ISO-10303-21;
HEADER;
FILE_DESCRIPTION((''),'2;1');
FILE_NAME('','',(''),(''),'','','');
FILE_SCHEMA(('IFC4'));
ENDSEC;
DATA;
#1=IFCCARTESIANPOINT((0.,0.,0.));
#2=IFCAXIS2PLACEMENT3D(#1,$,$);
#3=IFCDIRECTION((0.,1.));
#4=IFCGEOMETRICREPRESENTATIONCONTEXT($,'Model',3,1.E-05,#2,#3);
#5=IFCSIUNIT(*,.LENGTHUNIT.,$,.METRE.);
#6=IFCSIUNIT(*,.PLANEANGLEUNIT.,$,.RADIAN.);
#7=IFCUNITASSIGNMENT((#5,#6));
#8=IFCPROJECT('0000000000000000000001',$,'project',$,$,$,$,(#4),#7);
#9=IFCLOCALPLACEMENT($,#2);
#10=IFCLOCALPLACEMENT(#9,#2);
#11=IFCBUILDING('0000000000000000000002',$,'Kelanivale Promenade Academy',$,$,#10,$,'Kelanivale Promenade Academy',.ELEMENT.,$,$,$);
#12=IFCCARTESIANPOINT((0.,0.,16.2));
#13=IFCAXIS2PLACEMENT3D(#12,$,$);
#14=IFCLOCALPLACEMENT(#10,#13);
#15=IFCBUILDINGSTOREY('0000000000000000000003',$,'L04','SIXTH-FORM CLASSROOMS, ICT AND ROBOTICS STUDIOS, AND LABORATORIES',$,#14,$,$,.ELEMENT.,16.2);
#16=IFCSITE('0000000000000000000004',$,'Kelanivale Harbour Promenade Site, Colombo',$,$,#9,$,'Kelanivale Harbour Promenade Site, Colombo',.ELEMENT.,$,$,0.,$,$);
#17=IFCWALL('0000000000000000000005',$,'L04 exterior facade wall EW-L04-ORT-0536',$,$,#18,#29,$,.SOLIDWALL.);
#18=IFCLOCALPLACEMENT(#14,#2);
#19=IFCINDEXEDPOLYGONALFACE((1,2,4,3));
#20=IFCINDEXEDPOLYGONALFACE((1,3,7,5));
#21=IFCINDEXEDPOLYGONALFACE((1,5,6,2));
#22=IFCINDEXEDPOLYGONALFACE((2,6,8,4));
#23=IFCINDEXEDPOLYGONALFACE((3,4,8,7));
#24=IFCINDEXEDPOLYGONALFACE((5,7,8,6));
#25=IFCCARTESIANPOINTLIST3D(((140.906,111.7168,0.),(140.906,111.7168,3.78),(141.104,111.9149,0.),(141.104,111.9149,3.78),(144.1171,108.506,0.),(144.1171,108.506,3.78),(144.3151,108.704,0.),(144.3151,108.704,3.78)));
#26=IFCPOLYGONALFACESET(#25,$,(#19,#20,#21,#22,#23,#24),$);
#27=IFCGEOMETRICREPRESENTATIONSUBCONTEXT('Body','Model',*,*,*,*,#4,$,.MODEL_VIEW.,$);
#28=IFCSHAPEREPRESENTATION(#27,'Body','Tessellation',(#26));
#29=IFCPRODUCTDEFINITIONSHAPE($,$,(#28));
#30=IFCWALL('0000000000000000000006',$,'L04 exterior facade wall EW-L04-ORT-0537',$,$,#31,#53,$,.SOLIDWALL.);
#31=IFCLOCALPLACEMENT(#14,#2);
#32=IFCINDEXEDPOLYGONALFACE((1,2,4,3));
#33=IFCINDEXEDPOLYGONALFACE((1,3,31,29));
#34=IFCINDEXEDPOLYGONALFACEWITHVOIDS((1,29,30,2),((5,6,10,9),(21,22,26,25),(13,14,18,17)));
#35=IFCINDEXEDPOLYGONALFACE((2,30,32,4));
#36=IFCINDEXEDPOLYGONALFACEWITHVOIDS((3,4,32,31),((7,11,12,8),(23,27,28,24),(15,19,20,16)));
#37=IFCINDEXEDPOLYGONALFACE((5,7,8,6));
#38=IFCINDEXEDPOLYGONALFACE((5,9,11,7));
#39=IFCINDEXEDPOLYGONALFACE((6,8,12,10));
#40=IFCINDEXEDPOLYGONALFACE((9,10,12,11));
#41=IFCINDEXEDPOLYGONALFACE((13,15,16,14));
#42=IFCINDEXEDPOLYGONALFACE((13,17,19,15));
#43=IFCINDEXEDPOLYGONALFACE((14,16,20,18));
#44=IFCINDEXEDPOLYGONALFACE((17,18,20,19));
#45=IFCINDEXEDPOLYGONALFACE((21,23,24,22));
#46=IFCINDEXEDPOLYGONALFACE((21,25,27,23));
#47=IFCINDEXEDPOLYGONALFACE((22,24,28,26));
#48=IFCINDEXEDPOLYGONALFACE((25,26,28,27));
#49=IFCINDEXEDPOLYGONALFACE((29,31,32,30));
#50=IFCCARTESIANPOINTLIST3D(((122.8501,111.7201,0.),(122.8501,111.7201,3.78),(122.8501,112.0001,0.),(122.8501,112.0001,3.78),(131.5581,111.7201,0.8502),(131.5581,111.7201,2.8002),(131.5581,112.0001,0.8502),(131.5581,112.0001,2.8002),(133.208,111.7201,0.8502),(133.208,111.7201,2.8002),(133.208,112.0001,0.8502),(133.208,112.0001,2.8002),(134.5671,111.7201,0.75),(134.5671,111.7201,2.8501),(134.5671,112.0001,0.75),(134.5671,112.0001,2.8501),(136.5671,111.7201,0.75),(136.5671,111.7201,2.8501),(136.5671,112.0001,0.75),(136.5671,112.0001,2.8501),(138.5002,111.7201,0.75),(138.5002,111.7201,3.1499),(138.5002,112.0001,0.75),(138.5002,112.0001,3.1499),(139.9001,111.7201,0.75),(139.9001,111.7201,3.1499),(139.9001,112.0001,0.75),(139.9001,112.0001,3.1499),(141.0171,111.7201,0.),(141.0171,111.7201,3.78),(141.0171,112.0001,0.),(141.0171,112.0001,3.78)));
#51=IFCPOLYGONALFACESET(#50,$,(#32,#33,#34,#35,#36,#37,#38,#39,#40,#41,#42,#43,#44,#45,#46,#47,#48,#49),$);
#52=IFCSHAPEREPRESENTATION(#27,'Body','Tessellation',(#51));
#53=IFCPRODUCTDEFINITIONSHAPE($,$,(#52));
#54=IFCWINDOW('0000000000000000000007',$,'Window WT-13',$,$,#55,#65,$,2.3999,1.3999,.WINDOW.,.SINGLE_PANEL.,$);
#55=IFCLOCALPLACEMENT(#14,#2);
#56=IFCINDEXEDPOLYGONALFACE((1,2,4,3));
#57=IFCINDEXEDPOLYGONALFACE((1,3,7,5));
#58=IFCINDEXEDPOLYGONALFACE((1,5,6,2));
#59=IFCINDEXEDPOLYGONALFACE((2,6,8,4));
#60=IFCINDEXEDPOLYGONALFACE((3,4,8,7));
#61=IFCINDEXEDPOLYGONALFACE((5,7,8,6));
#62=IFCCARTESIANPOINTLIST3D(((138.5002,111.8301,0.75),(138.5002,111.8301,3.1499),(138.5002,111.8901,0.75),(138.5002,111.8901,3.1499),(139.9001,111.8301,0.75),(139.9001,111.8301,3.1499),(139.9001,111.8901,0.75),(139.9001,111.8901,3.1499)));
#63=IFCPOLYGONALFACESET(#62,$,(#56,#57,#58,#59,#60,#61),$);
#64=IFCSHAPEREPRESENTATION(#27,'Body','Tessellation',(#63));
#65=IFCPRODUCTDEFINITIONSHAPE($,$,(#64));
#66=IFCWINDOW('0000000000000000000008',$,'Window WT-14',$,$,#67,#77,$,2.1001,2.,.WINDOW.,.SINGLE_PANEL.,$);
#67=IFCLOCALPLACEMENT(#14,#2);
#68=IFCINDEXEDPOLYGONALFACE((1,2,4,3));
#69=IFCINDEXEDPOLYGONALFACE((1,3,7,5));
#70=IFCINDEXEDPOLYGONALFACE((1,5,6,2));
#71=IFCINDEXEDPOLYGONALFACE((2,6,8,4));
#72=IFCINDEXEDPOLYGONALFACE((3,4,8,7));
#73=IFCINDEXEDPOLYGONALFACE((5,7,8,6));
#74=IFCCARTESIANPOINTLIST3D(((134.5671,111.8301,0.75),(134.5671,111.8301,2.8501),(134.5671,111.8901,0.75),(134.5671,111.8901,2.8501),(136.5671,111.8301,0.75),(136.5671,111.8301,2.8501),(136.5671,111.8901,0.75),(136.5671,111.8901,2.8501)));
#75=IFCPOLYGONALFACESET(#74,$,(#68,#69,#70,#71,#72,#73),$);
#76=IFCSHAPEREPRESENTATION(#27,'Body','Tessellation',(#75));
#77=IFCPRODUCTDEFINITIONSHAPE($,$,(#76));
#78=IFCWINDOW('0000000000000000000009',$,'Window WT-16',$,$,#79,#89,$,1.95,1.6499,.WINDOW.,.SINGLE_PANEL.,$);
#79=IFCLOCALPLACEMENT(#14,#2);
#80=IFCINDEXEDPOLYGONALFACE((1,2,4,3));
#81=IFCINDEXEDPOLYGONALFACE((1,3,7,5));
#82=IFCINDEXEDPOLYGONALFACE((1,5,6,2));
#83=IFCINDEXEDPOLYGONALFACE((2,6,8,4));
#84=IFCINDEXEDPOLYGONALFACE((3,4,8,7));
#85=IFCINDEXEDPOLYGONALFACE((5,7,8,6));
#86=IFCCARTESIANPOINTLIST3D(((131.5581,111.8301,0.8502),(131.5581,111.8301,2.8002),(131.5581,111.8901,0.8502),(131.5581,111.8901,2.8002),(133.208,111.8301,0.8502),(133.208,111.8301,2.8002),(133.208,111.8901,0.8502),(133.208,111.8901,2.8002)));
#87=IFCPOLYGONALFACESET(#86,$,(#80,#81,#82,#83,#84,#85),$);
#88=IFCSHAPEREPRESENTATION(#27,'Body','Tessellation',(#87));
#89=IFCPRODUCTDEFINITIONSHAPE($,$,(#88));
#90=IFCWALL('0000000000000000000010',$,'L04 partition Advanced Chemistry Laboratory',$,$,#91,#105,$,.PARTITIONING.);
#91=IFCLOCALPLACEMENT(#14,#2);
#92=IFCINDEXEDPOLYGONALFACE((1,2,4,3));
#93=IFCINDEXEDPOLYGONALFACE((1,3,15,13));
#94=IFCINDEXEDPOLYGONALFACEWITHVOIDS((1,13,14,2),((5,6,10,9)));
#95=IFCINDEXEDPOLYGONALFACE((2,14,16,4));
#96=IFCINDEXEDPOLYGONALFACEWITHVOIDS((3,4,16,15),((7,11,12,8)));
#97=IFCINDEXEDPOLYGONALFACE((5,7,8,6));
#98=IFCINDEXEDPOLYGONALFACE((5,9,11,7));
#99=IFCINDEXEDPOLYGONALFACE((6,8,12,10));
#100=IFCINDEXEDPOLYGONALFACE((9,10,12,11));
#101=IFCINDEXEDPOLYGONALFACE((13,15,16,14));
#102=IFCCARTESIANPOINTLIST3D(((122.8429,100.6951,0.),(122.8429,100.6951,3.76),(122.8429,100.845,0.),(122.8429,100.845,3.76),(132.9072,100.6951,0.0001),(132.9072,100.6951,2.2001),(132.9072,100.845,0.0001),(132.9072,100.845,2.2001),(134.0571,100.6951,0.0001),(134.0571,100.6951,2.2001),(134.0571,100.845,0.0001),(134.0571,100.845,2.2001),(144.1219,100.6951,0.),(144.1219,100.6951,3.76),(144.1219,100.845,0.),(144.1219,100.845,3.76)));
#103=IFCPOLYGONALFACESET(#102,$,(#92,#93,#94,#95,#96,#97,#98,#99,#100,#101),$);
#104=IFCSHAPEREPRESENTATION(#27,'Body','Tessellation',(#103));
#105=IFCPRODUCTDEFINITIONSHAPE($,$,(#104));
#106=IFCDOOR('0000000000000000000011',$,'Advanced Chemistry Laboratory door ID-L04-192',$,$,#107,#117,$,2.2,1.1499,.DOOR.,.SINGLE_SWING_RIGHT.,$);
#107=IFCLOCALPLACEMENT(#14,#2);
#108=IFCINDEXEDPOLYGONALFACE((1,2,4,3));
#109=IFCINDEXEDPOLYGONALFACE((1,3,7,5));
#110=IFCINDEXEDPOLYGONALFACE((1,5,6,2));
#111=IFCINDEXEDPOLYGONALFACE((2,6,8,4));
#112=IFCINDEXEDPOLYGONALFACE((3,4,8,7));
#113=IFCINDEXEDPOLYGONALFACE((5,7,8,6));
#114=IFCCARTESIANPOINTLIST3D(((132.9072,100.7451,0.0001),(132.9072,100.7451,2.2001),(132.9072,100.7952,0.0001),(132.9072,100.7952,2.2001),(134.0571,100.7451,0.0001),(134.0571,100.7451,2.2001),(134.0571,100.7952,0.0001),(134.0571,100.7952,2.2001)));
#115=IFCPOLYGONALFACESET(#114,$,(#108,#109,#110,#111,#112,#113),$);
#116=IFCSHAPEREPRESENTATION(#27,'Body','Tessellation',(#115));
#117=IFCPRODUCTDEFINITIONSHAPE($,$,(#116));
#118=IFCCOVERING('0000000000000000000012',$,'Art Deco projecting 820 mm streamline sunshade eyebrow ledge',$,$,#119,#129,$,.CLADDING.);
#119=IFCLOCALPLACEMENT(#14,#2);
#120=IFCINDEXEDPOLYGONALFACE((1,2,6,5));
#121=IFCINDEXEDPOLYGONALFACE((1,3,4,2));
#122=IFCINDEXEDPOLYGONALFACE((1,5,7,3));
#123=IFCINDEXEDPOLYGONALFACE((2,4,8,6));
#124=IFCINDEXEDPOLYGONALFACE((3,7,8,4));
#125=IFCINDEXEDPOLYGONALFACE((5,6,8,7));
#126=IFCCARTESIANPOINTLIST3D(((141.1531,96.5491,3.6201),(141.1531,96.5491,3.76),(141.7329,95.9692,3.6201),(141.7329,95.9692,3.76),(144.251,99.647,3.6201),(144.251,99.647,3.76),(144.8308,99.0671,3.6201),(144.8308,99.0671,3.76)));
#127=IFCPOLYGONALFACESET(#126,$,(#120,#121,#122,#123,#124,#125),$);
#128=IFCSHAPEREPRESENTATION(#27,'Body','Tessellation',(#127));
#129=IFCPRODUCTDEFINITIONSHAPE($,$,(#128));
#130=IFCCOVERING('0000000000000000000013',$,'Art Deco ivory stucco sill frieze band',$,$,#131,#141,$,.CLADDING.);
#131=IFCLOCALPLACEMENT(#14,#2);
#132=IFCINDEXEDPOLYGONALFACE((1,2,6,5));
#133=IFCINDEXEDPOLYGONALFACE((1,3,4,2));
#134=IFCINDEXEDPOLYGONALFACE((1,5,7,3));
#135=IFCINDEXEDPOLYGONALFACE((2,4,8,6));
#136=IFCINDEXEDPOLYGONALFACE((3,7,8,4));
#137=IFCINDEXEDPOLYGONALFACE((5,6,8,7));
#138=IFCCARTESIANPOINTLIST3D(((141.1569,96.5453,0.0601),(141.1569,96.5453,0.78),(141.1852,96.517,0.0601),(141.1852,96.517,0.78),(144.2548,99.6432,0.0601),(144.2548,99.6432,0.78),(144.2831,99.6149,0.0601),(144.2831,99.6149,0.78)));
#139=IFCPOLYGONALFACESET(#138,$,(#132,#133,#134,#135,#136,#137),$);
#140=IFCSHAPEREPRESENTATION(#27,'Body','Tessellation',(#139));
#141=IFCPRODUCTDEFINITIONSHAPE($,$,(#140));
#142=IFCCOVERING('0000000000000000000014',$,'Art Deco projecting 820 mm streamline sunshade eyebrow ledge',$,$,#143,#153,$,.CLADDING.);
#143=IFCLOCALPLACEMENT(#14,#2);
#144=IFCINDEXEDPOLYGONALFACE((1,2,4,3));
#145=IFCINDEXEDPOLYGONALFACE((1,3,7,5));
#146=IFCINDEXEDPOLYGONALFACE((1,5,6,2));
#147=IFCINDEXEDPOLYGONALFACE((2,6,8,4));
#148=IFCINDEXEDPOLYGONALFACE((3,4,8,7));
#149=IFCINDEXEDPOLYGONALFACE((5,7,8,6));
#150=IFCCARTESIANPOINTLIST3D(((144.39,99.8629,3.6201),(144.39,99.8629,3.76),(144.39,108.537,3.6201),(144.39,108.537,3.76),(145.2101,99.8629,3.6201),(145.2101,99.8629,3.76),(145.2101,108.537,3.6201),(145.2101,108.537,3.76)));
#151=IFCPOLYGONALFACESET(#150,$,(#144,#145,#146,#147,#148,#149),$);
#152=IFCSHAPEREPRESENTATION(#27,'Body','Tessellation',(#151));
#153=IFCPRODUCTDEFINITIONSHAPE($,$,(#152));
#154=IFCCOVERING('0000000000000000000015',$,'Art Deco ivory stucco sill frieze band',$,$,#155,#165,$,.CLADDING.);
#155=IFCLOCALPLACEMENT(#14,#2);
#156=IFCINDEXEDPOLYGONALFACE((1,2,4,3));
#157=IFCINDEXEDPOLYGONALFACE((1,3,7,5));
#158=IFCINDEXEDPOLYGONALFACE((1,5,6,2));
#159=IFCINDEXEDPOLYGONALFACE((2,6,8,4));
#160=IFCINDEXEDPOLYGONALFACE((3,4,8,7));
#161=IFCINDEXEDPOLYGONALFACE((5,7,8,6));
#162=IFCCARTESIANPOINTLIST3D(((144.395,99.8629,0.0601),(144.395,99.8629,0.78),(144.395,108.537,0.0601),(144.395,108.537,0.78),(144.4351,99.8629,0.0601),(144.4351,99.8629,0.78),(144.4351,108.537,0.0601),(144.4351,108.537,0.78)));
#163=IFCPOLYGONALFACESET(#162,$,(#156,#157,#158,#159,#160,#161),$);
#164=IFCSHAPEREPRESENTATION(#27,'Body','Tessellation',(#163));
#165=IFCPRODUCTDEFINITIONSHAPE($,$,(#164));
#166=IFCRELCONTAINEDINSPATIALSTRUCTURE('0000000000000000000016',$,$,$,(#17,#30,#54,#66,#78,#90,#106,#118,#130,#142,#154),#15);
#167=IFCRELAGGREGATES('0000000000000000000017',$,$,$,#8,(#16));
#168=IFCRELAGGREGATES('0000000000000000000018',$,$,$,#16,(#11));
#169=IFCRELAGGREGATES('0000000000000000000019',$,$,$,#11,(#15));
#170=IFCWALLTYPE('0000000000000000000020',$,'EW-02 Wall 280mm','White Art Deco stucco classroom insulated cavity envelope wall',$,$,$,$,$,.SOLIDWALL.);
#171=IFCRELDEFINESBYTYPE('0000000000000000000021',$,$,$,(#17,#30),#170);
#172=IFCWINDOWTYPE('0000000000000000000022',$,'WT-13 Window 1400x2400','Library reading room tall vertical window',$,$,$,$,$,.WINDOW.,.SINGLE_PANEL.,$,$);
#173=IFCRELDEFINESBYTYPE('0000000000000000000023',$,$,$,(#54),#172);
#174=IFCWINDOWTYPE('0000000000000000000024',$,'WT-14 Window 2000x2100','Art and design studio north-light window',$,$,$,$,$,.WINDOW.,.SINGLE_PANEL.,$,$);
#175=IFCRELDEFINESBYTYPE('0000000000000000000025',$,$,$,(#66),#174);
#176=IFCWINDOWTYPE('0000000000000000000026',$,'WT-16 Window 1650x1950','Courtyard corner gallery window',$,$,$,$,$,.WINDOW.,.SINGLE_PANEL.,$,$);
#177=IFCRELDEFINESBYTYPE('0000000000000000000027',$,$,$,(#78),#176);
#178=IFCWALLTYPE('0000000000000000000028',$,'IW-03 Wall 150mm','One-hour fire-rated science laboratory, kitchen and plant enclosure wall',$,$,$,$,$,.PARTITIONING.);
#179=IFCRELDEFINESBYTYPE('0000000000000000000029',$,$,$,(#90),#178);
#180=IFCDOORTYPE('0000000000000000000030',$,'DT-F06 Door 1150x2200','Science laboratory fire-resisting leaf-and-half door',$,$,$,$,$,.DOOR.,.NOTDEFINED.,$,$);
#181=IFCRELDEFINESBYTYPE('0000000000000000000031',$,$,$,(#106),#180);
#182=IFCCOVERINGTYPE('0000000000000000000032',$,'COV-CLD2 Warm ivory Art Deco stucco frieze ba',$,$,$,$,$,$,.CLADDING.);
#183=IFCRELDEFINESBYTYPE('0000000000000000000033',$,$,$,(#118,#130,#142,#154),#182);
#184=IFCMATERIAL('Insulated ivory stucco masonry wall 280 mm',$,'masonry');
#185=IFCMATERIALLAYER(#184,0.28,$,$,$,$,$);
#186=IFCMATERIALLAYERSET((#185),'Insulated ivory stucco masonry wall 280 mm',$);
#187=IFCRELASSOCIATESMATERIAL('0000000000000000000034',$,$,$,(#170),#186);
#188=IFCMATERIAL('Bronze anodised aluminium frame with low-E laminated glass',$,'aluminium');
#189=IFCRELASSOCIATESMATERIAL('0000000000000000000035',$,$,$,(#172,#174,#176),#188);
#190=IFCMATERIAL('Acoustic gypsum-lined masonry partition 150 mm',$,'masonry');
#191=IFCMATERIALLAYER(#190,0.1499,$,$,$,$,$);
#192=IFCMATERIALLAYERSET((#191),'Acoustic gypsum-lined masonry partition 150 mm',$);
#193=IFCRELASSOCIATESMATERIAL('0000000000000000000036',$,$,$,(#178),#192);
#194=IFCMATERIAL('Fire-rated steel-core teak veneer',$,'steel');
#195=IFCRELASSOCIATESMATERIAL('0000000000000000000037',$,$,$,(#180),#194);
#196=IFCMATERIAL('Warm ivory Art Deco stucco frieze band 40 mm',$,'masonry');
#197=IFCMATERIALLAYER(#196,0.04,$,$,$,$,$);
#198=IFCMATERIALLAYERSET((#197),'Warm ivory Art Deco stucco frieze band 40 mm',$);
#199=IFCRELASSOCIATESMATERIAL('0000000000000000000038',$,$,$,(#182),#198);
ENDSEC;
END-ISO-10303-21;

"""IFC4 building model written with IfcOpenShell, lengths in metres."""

from ifc_helpers import new_model, si_unit, direction, frame, frame_2d, origin, origin_2d, place, context, subcontext, project, spatial, rectangle, extrude, material, layer, layer_set, type_object, element, fill, save


model = new_model("IFC4")

# Units and contexts
model_context = context("Model", 3, precision=1e-05, world=origin(), true_north=direction((0.0, 1.0)))
body_context = subcontext(model_context, "Body", "Model", "MODEL_VIEW")
ifc_project = project(units=[si_unit("LENGTHUNIT", "METRE"), si_unit("PLANEANGLEUNIT", "RADIAN")], contexts=[model_context])

# Site, building, storey
site_placement = place(None, origin())
site = spatial("IfcSite", under=ifc_project, at=site_placement, Name="Kelanivale Harbour Promenade Site, Colombo", LongName="Kelanivale Harbour Promenade Site, Colombo", CompositionType="ELEMENT", RefElevation=0.0)
building_placement = place(site_placement, origin())
building = spatial("IfcBuilding", under=site, at=building_placement, Name="Kelanivale Promenade Academy", LongName="Kelanivale Promenade Academy", CompositionType="ELEMENT")
storey_placement = place(building_placement, frame((0.0, 0.0, 16.2)))
storey = spatial("IfcBuildingStorey", under=building, at=storey_placement, Name="L04", Description="SIXTH-FORM CLASSROOMS, ICT AND ROBOTICS STUDIOS, AND LABORATORIES", CompositionType="ELEMENT", Elevation=16.2)

# Shared definitions
ifc_material_1 = material(Name="Insulated ivory stucco masonry wall 280 mm", Category="masonry")
ifc_layer_1 = layer(ifc_material_1, 0.28)
ifc_layer_set_1 = layer_set([ifc_layer_1], Name="Insulated ivory stucco masonry wall 280 mm")
wall_type_1 = type_object("IfcWallType", Name="EW-02 Wall 280mm", Description="White Art Deco stucco classroom insulated cavity envelope wall", PredefinedType="SOLIDWALL", material=ifc_layer_set_1)

# Shared definitions
ifc_material_2 = material(Name="Bronze anodised aluminium frame with low-E laminated glass", Category="aluminium")

# Wall
wall_1_placement = place(storey_placement, frame((144.2161, 108.605, 0.0), z_axis=(0.0, 0.0, 1.0), x_axis=(-0.707134, 0.70708, 0.0)))
element("IfcWall", 1, at=wall_1_placement, inside=storey, type_object=wall_type_1, Name="L04 exterior facade wall EW-L04-ORT-0536", PredefinedType="SOLIDWALL", context=body_context, shape_type="SweptSolid", body=[
    extrude(rectangle(XDim=4.541, YDim=0.28, at=frame_2d((2.2705, 0.0))), origin(), (0.0, 0.0, 1.0), 3.78),
])

# Wall, openings, windows
wall_2_placement = place(storey_placement, frame((141.0171, 111.8601, 0.0), z_axis=(0.0, 0.0, 1.0), x_axis=(-1.0, 0.0, 0.0)))
wall_2 = element("IfcWall", 2, at=wall_2_placement, inside=storey, type_object=wall_type_1, Name="L04 exterior facade wall EW-L04-ORT-0537", PredefinedType="SOLIDWALL", context=body_context, shape_type="SweptSolid", body=[
    extrude(rectangle(XDim=18.167, YDim=0.28, at=frame_2d((9.0835, 0.0))), origin(), (0.0, 0.0, 1.0), 3.78),
])
opening_1_placement = place(wall_2_placement, frame((1.1169, 0.0, 0.75)))
opening_1 = element("IfcOpeningElement", 3, at=opening_1_placement, cuts=wall_2, PredefinedType="OPENING", context=body_context, shape_type="SweptSolid", body=[
    extrude(rectangle(XDim=1.3999, YDim=2.3999, at=frame_2d((0.7, 1.2))), frame((0.0, 0.1499, 0.0), z_axis=(0.0, -1.0, 0.0), x_axis=(1.0, 0.0, 0.0)), (0.0, 0.0, 1.0), 0.3),
])
opening_2_placement = place(wall_2_placement, frame((4.45, 0.0, 0.75)))
opening_2 = element("IfcOpeningElement", 4, at=opening_2_placement, cuts=wall_2, PredefinedType="OPENING", context=body_context, shape_type="SweptSolid", body=[
    extrude(rectangle(XDim=2.0, YDim=2.1001, at=frame_2d((1.0, 1.05))), frame((0.0, 0.1499, 0.0), z_axis=(0.0, -1.0, 0.0), x_axis=(1.0, 0.0, 0.0)), (0.0, 0.0, 1.0), 0.3),
])
opening_3_placement = place(wall_2_placement, frame((7.8091, 0.0, 0.8501)))
opening_3 = element("IfcOpeningElement", 5, at=opening_3_placement, cuts=wall_2, PredefinedType="OPENING", context=body_context, shape_type="SweptSolid", body=[
    extrude(rectangle(XDim=1.6499, YDim=1.95, at=frame_2d((0.825, 0.9751))), frame((0.0, 0.1499, 0.0), z_axis=(0.0, -1.0, 0.0), x_axis=(1.0, 0.0, 0.0)), (0.0, 0.0, 1.0), 0.3),
])
window_type_1 = type_object("IfcWindowType", Name="WT-13 Window 1400x2400", Description="Library reading room tall vertical window", PartitioningType="SINGLE_PANEL", PredefinedType="WINDOW", material=ifc_material_2)
window_1_placement = place(opening_1_placement, origin())
window_1 = element("IfcWindow", 6, at=window_1_placement, inside=storey, type_object=window_type_1, Name="Window WT-13", OverallHeight=2.3999, OverallWidth=1.3999, PartitioningType="SINGLE_PANEL", PredefinedType="WINDOW", context=body_context, shape_type="SweptSolid", body=[
    extrude(rectangle(XDim=1.3999, YDim=2.3999, at=frame_2d((0.7, 1.2))), frame((0.0, 0.03, 0.0), z_axis=(0.0, -1.0, 0.0), x_axis=(1.0, 0.0, 0.0)), (0.0, 0.0, 1.0), 0.0601),
])
fill(opening_1, window_1)
window_type_2 = type_object("IfcWindowType", Name="WT-14 Window 2000x2100", Description="Art and design studio north-light window", PartitioningType="SINGLE_PANEL", PredefinedType="WINDOW", material=ifc_material_2)
window_2_placement = place(opening_2_placement, origin())
window_2 = element("IfcWindow", 7, at=window_2_placement, inside=storey, type_object=window_type_2, Name="Window WT-14", OverallHeight=2.1001, OverallWidth=2.0, PartitioningType="SINGLE_PANEL", PredefinedType="WINDOW", context=body_context, shape_type="SweptSolid", body=[
    extrude(rectangle(XDim=2.0, YDim=2.1001, at=frame_2d((1.0, 1.05))), frame((0.0, 0.03, 0.0), z_axis=(0.0, -1.0, 0.0), x_axis=(1.0, 0.0, 0.0)), (0.0, 0.0, 1.0), 0.0601),
])
fill(opening_2, window_2)
window_type_3 = type_object("IfcWindowType", Name="WT-16 Window 1650x1950", Description="Courtyard corner gallery window", PartitioningType="SINGLE_PANEL", PredefinedType="WINDOW", material=ifc_material_2)
window_3_placement = place(opening_3_placement, origin())
window_3 = element("IfcWindow", 8, at=window_3_placement, inside=storey, type_object=window_type_3, Name="Window WT-16", OverallHeight=1.95, OverallWidth=1.6499, PartitioningType="SINGLE_PANEL", PredefinedType="WINDOW", context=body_context, shape_type="SweptSolid", body=[
    extrude(rectangle(XDim=1.6499, YDim=1.95, at=frame_2d((0.825, 0.9751))), frame((0.0, 0.03, 0.0), z_axis=(0.0, -1.0, 0.0), x_axis=(1.0, 0.0, 0.0)), (0.0, 0.0, 1.0), 0.0601),
])
fill(opening_3, window_3)

# Wall, opening, door
ifc_material_3 = material(Name="Acoustic gypsum-lined masonry partition 150 mm", Category="masonry")
ifc_layer_2 = layer(ifc_material_3, 0.1499)
ifc_layer_set_2 = layer_set([ifc_layer_2], Name="Acoustic gypsum-lined masonry partition 150 mm")
wall_type_2 = type_object("IfcWallType", Name="IW-03 Wall 150mm", Description="One-hour fire-rated science laboratory, kitchen and plant enclosure wall", PredefinedType="PARTITIONING", material=ifc_layer_set_2)
wall_3_placement = place(storey_placement, frame((144.1221, 100.77, 0.0), z_axis=(0.0, 0.0, 1.0), x_axis=(-1.0, 0.0, 0.0)))
wall_3 = element("IfcWall", 9, at=wall_3_placement, inside=storey, type_object=wall_type_2, Name="L04 partition Advanced Chemistry Laboratory", PredefinedType="PARTITIONING", context=body_context, shape_type="SweptSolid", body=[
    extrude(rectangle(XDim=21.2791, YDim=0.1499, at=frame_2d((10.6396, 0.0))), origin(), (0.0, 0.0, 1.0), 3.76),
])
opening_4_placement = place(wall_3_placement, frame((10.0649, 0.0, 0.0)))
opening_4 = element("IfcOpeningElement", 10, at=opening_4_placement, cuts=wall_3, PredefinedType="OPENING", context=body_context, shape_type="SweptSolid", body=[
    extrude(rectangle(XDim=1.1499, YDim=2.2, at=frame_2d((0.575, 1.1001))), frame((0.0, 0.085, 0.0), z_axis=(0.0, -1.0, 0.0), x_axis=(1.0, 0.0, 0.0)), (0.0, 0.0, 1.0), 0.1699),
])
ifc_material_4 = material(Name="Fire-rated steel-core teak veneer", Category="steel")
door_type_1 = type_object("IfcDoorType", Name="DT-F06 Door 1150x2200", Description="Science laboratory fire-resisting leaf-and-half door", OperationType="NOTDEFINED", PredefinedType="DOOR", material=ifc_material_4)
door_1_placement = place(opening_4_placement, origin())
door_1 = element("IfcDoor", 11, at=door_1_placement, inside=storey, type_object=door_type_1, Name="Advanced Chemistry Laboratory door ID-L04-192", OperationType="SINGLE_SWING_RIGHT", OverallHeight=2.2, OverallWidth=1.1499, PredefinedType="DOOR", context=body_context, shape_type="SweptSolid", body=[
    extrude(rectangle(XDim=1.1499, YDim=2.2, at=frame_2d((0.575, 1.1001))), frame((0.0, 0.0249, 0.0), z_axis=(0.0, -1.0, 0.0), x_axis=(1.0, 0.0, 0.0)), (0.0, 0.0, 1.0), 0.05),
])
fill(opening_4, door_1)

# Coverings
ifc_material_5 = material(Name="Warm ivory Art Deco stucco frieze band 40 mm", Category="masonry")
ifc_layer_3 = layer(ifc_material_5, 0.04)
ifc_layer_set_3 = layer_set([ifc_layer_3], Name="Warm ivory Art Deco stucco frieze band 40 mm")
covering_type = type_object("IfcCoveringType", Name="COV-CLD2 Warm ivory Art Deco stucco frieze ba", PredefinedType="CLADDING", material=ifc_layer_set_3)
covering_1_placement = place(storey_placement, frame((142.9919, 97.8081, 3.6201), z_axis=(0.0, 0.0, 1.0), x_axis=(0.707107, 0.707107, 0.0)))
element("IfcCovering", 12, at=covering_1_placement, inside=storey, type_object=covering_type, Name="Art Deco projecting 820 mm streamline sunshade eyebrow ledge", PredefinedType="CLADDING", context=body_context, shape_type="SweptSolid", body=[
    extrude(rectangle(XDim=4.3811, YDim=0.8201, at=origin_2d()), origin(), (0.0, 0.0, 1.0), 0.1399),
])
covering_2_placement = place(storey_placement, frame((142.72, 98.0801, 0.0601), z_axis=(0.0, 0.0, 1.0), x_axis=(0.707107, 0.707107, 0.0)))
element("IfcCovering", 13, at=covering_2_placement, inside=storey, type_object=covering_type, Name="Art Deco ivory stucco sill frieze band", PredefinedType="CLADDING", context=body_context, shape_type="SweptSolid", body=[
    extrude(rectangle(XDim=4.3811, YDim=0.04, at=origin_2d()), origin(), (0.0, 0.0, 1.0), 0.72),
])
covering_3_placement = place(storey_placement, frame((144.8, 104.2, 3.6201), z_axis=(0.0, 0.0, 1.0), x_axis=(0.0, 1.0, 0.0)))
element("IfcCovering", 14, at=covering_3_placement, inside=storey, type_object=covering_type, Name="Art Deco projecting 820 mm streamline sunshade eyebrow ledge", PredefinedType="CLADDING", context=body_context, shape_type="SweptSolid", body=[
    extrude(rectangle(XDim=8.6741, YDim=0.8201, at=origin_2d()), origin(), (0.0, 0.0, 1.0), 0.1399),
])
covering_4_placement = place(storey_placement, frame((144.415, 104.2, 0.0601), z_axis=(0.0, 0.0, 1.0), x_axis=(0.0, 1.0, 0.0)))
element("IfcCovering", 15, at=covering_4_placement, inside=storey, type_object=covering_type, Name="Art Deco ivory stucco sill frieze band", PredefinedType="CLADDING", context=body_context, shape_type="SweptSolid", body=[
    extrude(rectangle(XDim=8.6741, YDim=0.04, at=origin_2d()), origin(), (0.0, 0.0, 1.0), 0.72),
])

save(model, "model.ifc")
